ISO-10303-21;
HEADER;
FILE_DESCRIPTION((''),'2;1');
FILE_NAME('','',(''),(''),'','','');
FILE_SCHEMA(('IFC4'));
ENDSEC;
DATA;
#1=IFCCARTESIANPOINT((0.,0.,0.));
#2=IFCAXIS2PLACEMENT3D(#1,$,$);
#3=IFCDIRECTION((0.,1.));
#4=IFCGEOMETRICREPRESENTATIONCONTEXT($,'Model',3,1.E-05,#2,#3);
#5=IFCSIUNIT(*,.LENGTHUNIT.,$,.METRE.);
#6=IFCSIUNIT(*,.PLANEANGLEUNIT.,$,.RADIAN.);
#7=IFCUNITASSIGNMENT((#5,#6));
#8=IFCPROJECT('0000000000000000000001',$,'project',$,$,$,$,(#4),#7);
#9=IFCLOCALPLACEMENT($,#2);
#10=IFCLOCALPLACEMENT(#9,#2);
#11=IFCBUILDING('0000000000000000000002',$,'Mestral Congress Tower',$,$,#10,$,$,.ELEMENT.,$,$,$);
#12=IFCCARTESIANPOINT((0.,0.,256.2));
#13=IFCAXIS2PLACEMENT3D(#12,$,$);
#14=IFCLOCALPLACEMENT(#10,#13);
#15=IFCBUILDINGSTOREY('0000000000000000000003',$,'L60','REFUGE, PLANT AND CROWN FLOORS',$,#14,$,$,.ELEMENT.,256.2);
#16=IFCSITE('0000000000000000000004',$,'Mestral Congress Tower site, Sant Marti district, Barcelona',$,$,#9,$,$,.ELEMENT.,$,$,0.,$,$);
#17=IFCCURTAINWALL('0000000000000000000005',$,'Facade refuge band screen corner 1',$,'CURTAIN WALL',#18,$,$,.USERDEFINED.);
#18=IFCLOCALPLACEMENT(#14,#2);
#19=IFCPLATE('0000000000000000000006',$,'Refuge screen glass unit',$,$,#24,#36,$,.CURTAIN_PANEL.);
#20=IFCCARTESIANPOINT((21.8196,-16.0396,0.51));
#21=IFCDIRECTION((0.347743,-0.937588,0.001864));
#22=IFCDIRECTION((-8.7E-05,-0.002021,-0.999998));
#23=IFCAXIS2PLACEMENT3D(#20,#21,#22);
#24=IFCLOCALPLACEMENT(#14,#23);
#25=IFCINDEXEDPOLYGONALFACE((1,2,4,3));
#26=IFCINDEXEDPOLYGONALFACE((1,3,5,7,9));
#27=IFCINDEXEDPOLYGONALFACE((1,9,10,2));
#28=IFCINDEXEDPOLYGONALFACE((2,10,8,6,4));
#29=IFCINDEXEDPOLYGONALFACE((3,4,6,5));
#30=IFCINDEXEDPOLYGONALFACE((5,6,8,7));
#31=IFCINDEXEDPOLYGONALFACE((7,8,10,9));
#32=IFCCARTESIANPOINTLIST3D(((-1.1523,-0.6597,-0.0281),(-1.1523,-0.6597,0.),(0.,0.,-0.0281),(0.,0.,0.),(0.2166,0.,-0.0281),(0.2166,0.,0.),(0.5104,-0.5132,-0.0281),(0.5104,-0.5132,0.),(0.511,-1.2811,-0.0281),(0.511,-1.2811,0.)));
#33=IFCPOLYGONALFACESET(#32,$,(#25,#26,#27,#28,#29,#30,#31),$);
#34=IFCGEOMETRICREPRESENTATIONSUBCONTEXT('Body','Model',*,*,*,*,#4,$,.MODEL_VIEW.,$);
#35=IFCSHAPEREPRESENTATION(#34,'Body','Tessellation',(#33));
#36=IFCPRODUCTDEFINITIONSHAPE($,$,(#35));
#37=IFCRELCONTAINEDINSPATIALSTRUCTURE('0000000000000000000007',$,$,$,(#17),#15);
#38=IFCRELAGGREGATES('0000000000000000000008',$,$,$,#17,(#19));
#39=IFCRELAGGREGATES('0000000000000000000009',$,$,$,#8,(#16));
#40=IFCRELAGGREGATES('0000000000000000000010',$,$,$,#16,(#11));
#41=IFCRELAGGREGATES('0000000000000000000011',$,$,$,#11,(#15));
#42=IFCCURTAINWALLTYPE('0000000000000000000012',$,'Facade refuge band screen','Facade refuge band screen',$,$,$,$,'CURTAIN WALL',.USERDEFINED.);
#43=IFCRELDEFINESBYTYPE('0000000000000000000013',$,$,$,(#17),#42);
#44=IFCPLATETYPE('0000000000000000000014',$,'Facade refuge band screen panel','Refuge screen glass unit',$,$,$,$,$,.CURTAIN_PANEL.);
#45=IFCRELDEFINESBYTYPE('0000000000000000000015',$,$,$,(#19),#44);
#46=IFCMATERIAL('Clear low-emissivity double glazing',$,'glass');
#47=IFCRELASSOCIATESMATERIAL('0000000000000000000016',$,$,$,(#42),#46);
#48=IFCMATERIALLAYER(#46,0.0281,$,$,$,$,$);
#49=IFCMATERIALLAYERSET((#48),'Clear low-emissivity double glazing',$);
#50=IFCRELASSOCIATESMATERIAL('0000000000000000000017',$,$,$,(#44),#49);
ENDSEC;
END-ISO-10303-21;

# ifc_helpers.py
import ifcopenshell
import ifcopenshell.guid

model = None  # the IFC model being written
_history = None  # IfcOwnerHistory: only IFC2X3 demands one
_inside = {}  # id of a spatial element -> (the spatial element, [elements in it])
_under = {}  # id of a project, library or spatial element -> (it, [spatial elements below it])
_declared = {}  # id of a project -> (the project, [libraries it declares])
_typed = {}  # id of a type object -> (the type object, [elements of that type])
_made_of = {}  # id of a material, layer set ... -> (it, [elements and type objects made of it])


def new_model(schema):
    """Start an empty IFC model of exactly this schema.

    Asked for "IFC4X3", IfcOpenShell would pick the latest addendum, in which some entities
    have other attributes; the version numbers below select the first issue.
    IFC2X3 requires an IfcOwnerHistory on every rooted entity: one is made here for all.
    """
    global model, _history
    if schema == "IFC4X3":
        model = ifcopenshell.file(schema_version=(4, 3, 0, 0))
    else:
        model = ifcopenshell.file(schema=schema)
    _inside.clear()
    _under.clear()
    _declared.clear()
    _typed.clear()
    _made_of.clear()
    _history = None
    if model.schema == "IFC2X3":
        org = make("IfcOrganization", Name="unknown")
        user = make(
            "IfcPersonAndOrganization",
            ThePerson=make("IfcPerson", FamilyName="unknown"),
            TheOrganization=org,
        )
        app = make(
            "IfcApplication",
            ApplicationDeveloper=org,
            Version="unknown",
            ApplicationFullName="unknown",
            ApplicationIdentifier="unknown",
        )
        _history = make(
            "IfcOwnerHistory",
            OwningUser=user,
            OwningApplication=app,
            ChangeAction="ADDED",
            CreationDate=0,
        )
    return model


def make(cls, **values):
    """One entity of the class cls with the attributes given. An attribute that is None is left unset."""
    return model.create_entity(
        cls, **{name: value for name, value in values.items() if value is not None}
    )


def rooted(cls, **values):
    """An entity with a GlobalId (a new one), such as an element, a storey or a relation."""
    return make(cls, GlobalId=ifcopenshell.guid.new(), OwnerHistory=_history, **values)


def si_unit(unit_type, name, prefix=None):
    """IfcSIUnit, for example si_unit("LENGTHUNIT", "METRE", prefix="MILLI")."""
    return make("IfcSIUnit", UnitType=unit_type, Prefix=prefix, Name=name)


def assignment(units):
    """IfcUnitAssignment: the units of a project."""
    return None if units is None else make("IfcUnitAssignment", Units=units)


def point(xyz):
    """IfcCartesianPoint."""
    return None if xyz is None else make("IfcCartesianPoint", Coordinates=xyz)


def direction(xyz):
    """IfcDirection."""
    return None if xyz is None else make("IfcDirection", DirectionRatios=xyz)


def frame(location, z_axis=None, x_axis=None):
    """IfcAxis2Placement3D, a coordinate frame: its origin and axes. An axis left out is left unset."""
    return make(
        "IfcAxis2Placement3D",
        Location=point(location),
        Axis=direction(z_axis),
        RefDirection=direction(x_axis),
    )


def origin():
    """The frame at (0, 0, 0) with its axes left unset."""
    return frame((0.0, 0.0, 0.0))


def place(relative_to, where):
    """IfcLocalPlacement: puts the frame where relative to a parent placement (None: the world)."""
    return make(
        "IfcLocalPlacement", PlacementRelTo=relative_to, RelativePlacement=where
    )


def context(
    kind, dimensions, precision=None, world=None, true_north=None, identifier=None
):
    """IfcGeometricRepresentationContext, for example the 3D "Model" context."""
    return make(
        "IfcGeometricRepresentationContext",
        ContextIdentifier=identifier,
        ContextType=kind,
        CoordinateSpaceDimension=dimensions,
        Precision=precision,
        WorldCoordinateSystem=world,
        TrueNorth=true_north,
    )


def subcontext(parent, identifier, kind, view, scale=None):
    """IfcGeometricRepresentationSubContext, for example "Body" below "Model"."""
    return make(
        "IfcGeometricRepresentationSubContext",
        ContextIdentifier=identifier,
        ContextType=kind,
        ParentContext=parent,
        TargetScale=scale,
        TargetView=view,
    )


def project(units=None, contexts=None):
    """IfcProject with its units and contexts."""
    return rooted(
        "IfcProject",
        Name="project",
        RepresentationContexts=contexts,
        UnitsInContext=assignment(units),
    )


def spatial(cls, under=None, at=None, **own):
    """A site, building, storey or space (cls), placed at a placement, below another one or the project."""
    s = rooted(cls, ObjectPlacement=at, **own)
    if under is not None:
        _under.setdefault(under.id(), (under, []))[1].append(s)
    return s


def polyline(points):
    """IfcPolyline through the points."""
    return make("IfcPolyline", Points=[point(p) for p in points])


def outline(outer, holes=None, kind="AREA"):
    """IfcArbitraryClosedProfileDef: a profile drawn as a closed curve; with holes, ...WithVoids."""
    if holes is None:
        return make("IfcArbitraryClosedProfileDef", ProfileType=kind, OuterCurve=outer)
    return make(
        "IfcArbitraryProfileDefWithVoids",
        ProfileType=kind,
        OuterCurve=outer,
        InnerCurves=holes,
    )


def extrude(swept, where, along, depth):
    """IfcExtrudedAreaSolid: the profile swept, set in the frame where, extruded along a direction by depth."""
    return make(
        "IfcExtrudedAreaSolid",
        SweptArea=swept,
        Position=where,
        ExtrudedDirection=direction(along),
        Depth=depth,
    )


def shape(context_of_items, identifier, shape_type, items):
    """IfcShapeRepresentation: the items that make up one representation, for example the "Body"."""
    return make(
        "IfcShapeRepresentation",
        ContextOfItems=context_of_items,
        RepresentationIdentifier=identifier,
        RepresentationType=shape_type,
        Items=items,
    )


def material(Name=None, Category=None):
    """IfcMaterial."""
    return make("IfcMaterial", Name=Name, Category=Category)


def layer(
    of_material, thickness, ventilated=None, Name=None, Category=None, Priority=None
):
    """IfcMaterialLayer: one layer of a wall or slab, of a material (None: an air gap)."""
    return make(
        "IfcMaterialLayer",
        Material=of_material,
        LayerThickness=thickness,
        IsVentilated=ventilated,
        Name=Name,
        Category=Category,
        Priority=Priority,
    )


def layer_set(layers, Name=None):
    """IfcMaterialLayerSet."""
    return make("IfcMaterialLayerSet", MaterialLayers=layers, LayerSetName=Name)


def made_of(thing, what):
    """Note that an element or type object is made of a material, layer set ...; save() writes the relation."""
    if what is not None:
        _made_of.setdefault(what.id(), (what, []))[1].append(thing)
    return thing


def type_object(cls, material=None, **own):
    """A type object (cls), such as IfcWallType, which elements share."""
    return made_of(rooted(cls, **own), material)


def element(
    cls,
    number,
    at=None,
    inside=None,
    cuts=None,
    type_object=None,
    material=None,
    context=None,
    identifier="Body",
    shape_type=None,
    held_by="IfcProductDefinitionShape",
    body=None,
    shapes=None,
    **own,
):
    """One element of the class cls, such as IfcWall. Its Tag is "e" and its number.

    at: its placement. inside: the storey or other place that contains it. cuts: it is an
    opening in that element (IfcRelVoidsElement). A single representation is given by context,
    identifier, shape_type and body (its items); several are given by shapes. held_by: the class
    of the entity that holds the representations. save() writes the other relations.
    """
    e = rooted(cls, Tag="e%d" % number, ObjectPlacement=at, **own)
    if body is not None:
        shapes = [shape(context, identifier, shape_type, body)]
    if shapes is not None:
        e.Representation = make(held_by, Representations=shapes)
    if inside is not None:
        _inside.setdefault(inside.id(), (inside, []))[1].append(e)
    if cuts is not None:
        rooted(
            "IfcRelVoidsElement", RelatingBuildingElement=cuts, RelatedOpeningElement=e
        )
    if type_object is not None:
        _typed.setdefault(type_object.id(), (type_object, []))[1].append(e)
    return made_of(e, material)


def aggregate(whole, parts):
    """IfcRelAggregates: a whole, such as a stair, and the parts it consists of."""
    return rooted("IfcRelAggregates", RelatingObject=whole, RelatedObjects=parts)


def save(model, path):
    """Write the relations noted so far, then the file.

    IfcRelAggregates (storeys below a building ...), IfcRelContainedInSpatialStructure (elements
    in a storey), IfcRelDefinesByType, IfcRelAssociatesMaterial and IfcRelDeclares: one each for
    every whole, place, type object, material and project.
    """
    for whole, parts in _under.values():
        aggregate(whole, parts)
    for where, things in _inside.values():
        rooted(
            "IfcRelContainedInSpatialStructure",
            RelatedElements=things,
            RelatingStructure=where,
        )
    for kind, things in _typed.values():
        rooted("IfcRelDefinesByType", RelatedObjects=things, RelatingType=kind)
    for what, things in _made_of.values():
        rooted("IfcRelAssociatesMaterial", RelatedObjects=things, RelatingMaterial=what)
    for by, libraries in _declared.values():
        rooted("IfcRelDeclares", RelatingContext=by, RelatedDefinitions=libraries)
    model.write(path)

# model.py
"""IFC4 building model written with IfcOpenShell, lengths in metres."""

from ifc_helpers import new_model, si_unit, direction, frame, origin, place, context, subcontext, project, spatial, polyline, outline, extrude, material, layer, layer_set, type_object, element, aggregate, save


model = new_model("IFC4")

# Units and contexts
model_context = context("Model", 3, precision=1e-05, world=origin(), true_north=direction((0.0, 1.0)))
body_context = subcontext(model_context, "Body", "Model", "MODEL_VIEW")
ifc_project = project(units=[si_unit("LENGTHUNIT", "METRE"), si_unit("PLANEANGLEUNIT", "RADIAN")], contexts=[model_context])

# Site, building, storey
site_placement = place(None, origin())
site = spatial("IfcSite", under=ifc_project, at=site_placement, Name="Mestral Congress Tower site, Sant Marti district, Barcelona", CompositionType="ELEMENT", RefElevation=0.0)
building_placement = place(site_placement, origin())
building = spatial("IfcBuilding", under=site, at=building_placement, Name="Mestral Congress Tower", CompositionType="ELEMENT")
storey_placement = place(building_placement, frame((0.0, 0.0, 256.2)))
storey = spatial("IfcBuildingStorey", under=building, at=storey_placement, Name="L60", Description="REFUGE, PLANT AND CROWN FLOORS", CompositionType="ELEMENT", Elevation=256.2)

# Curtain wall
ifc_material_1 = material(Name="Clear low-emissivity double glazing", Category="glass")
curtain_wall_type = type_object("IfcCurtainWallType", Name="Facade refuge band screen", Description="Facade refuge band screen", ElementType="CURTAIN WALL", PredefinedType="USERDEFINED", material=ifc_material_1)
curtain_wall_placement = place(storey_placement, origin())
curtain_wall = element("IfcCurtainWall", 1, at=curtain_wall_placement, inside=storey, type_object=curtain_wall_type, Name="Facade refuge band screen corner 1", ObjectType="CURTAIN WALL", PredefinedType="USERDEFINED")

# Plate
ifc_layer_1 = layer(ifc_material_1, 0.0281)
ifc_layer_set_1 = layer_set([ifc_layer_1], Name="Clear low-emissivity double glazing")
plate_type_1 = type_object("IfcPlateType", Name="Facade refuge band screen panel", Description="Refuge screen glass unit", PredefinedType="CURTAIN_PANEL", material=ifc_layer_set_1)
plate_1_placement = place(storey_placement, frame((21.8196, -16.0396, 0.51), z_axis=(0.347743, -0.937588, 0.001864), x_axis=(-0.000087, -0.002021, -0.999998)))
plate_1 = element("IfcPlate", 2, at=plate_1_placement, type_object=plate_type_1, Name="Refuge screen glass unit", PredefinedType="CURTAIN_PANEL", context=body_context, shape_type="SweptSolid", body=[
    extrude(outline(polyline([(0.0, 0.0), (0.2166, 0.0), (0.5104, -0.5132), (0.511, -1.2811), (-1.1523, -0.6597), (0.0, 0.0)])), origin(), (0.0, 0.0, -1.0), 0.0281),
])

aggregate(curtain_wall, [plate_1])

save(model, "model.ifc")
